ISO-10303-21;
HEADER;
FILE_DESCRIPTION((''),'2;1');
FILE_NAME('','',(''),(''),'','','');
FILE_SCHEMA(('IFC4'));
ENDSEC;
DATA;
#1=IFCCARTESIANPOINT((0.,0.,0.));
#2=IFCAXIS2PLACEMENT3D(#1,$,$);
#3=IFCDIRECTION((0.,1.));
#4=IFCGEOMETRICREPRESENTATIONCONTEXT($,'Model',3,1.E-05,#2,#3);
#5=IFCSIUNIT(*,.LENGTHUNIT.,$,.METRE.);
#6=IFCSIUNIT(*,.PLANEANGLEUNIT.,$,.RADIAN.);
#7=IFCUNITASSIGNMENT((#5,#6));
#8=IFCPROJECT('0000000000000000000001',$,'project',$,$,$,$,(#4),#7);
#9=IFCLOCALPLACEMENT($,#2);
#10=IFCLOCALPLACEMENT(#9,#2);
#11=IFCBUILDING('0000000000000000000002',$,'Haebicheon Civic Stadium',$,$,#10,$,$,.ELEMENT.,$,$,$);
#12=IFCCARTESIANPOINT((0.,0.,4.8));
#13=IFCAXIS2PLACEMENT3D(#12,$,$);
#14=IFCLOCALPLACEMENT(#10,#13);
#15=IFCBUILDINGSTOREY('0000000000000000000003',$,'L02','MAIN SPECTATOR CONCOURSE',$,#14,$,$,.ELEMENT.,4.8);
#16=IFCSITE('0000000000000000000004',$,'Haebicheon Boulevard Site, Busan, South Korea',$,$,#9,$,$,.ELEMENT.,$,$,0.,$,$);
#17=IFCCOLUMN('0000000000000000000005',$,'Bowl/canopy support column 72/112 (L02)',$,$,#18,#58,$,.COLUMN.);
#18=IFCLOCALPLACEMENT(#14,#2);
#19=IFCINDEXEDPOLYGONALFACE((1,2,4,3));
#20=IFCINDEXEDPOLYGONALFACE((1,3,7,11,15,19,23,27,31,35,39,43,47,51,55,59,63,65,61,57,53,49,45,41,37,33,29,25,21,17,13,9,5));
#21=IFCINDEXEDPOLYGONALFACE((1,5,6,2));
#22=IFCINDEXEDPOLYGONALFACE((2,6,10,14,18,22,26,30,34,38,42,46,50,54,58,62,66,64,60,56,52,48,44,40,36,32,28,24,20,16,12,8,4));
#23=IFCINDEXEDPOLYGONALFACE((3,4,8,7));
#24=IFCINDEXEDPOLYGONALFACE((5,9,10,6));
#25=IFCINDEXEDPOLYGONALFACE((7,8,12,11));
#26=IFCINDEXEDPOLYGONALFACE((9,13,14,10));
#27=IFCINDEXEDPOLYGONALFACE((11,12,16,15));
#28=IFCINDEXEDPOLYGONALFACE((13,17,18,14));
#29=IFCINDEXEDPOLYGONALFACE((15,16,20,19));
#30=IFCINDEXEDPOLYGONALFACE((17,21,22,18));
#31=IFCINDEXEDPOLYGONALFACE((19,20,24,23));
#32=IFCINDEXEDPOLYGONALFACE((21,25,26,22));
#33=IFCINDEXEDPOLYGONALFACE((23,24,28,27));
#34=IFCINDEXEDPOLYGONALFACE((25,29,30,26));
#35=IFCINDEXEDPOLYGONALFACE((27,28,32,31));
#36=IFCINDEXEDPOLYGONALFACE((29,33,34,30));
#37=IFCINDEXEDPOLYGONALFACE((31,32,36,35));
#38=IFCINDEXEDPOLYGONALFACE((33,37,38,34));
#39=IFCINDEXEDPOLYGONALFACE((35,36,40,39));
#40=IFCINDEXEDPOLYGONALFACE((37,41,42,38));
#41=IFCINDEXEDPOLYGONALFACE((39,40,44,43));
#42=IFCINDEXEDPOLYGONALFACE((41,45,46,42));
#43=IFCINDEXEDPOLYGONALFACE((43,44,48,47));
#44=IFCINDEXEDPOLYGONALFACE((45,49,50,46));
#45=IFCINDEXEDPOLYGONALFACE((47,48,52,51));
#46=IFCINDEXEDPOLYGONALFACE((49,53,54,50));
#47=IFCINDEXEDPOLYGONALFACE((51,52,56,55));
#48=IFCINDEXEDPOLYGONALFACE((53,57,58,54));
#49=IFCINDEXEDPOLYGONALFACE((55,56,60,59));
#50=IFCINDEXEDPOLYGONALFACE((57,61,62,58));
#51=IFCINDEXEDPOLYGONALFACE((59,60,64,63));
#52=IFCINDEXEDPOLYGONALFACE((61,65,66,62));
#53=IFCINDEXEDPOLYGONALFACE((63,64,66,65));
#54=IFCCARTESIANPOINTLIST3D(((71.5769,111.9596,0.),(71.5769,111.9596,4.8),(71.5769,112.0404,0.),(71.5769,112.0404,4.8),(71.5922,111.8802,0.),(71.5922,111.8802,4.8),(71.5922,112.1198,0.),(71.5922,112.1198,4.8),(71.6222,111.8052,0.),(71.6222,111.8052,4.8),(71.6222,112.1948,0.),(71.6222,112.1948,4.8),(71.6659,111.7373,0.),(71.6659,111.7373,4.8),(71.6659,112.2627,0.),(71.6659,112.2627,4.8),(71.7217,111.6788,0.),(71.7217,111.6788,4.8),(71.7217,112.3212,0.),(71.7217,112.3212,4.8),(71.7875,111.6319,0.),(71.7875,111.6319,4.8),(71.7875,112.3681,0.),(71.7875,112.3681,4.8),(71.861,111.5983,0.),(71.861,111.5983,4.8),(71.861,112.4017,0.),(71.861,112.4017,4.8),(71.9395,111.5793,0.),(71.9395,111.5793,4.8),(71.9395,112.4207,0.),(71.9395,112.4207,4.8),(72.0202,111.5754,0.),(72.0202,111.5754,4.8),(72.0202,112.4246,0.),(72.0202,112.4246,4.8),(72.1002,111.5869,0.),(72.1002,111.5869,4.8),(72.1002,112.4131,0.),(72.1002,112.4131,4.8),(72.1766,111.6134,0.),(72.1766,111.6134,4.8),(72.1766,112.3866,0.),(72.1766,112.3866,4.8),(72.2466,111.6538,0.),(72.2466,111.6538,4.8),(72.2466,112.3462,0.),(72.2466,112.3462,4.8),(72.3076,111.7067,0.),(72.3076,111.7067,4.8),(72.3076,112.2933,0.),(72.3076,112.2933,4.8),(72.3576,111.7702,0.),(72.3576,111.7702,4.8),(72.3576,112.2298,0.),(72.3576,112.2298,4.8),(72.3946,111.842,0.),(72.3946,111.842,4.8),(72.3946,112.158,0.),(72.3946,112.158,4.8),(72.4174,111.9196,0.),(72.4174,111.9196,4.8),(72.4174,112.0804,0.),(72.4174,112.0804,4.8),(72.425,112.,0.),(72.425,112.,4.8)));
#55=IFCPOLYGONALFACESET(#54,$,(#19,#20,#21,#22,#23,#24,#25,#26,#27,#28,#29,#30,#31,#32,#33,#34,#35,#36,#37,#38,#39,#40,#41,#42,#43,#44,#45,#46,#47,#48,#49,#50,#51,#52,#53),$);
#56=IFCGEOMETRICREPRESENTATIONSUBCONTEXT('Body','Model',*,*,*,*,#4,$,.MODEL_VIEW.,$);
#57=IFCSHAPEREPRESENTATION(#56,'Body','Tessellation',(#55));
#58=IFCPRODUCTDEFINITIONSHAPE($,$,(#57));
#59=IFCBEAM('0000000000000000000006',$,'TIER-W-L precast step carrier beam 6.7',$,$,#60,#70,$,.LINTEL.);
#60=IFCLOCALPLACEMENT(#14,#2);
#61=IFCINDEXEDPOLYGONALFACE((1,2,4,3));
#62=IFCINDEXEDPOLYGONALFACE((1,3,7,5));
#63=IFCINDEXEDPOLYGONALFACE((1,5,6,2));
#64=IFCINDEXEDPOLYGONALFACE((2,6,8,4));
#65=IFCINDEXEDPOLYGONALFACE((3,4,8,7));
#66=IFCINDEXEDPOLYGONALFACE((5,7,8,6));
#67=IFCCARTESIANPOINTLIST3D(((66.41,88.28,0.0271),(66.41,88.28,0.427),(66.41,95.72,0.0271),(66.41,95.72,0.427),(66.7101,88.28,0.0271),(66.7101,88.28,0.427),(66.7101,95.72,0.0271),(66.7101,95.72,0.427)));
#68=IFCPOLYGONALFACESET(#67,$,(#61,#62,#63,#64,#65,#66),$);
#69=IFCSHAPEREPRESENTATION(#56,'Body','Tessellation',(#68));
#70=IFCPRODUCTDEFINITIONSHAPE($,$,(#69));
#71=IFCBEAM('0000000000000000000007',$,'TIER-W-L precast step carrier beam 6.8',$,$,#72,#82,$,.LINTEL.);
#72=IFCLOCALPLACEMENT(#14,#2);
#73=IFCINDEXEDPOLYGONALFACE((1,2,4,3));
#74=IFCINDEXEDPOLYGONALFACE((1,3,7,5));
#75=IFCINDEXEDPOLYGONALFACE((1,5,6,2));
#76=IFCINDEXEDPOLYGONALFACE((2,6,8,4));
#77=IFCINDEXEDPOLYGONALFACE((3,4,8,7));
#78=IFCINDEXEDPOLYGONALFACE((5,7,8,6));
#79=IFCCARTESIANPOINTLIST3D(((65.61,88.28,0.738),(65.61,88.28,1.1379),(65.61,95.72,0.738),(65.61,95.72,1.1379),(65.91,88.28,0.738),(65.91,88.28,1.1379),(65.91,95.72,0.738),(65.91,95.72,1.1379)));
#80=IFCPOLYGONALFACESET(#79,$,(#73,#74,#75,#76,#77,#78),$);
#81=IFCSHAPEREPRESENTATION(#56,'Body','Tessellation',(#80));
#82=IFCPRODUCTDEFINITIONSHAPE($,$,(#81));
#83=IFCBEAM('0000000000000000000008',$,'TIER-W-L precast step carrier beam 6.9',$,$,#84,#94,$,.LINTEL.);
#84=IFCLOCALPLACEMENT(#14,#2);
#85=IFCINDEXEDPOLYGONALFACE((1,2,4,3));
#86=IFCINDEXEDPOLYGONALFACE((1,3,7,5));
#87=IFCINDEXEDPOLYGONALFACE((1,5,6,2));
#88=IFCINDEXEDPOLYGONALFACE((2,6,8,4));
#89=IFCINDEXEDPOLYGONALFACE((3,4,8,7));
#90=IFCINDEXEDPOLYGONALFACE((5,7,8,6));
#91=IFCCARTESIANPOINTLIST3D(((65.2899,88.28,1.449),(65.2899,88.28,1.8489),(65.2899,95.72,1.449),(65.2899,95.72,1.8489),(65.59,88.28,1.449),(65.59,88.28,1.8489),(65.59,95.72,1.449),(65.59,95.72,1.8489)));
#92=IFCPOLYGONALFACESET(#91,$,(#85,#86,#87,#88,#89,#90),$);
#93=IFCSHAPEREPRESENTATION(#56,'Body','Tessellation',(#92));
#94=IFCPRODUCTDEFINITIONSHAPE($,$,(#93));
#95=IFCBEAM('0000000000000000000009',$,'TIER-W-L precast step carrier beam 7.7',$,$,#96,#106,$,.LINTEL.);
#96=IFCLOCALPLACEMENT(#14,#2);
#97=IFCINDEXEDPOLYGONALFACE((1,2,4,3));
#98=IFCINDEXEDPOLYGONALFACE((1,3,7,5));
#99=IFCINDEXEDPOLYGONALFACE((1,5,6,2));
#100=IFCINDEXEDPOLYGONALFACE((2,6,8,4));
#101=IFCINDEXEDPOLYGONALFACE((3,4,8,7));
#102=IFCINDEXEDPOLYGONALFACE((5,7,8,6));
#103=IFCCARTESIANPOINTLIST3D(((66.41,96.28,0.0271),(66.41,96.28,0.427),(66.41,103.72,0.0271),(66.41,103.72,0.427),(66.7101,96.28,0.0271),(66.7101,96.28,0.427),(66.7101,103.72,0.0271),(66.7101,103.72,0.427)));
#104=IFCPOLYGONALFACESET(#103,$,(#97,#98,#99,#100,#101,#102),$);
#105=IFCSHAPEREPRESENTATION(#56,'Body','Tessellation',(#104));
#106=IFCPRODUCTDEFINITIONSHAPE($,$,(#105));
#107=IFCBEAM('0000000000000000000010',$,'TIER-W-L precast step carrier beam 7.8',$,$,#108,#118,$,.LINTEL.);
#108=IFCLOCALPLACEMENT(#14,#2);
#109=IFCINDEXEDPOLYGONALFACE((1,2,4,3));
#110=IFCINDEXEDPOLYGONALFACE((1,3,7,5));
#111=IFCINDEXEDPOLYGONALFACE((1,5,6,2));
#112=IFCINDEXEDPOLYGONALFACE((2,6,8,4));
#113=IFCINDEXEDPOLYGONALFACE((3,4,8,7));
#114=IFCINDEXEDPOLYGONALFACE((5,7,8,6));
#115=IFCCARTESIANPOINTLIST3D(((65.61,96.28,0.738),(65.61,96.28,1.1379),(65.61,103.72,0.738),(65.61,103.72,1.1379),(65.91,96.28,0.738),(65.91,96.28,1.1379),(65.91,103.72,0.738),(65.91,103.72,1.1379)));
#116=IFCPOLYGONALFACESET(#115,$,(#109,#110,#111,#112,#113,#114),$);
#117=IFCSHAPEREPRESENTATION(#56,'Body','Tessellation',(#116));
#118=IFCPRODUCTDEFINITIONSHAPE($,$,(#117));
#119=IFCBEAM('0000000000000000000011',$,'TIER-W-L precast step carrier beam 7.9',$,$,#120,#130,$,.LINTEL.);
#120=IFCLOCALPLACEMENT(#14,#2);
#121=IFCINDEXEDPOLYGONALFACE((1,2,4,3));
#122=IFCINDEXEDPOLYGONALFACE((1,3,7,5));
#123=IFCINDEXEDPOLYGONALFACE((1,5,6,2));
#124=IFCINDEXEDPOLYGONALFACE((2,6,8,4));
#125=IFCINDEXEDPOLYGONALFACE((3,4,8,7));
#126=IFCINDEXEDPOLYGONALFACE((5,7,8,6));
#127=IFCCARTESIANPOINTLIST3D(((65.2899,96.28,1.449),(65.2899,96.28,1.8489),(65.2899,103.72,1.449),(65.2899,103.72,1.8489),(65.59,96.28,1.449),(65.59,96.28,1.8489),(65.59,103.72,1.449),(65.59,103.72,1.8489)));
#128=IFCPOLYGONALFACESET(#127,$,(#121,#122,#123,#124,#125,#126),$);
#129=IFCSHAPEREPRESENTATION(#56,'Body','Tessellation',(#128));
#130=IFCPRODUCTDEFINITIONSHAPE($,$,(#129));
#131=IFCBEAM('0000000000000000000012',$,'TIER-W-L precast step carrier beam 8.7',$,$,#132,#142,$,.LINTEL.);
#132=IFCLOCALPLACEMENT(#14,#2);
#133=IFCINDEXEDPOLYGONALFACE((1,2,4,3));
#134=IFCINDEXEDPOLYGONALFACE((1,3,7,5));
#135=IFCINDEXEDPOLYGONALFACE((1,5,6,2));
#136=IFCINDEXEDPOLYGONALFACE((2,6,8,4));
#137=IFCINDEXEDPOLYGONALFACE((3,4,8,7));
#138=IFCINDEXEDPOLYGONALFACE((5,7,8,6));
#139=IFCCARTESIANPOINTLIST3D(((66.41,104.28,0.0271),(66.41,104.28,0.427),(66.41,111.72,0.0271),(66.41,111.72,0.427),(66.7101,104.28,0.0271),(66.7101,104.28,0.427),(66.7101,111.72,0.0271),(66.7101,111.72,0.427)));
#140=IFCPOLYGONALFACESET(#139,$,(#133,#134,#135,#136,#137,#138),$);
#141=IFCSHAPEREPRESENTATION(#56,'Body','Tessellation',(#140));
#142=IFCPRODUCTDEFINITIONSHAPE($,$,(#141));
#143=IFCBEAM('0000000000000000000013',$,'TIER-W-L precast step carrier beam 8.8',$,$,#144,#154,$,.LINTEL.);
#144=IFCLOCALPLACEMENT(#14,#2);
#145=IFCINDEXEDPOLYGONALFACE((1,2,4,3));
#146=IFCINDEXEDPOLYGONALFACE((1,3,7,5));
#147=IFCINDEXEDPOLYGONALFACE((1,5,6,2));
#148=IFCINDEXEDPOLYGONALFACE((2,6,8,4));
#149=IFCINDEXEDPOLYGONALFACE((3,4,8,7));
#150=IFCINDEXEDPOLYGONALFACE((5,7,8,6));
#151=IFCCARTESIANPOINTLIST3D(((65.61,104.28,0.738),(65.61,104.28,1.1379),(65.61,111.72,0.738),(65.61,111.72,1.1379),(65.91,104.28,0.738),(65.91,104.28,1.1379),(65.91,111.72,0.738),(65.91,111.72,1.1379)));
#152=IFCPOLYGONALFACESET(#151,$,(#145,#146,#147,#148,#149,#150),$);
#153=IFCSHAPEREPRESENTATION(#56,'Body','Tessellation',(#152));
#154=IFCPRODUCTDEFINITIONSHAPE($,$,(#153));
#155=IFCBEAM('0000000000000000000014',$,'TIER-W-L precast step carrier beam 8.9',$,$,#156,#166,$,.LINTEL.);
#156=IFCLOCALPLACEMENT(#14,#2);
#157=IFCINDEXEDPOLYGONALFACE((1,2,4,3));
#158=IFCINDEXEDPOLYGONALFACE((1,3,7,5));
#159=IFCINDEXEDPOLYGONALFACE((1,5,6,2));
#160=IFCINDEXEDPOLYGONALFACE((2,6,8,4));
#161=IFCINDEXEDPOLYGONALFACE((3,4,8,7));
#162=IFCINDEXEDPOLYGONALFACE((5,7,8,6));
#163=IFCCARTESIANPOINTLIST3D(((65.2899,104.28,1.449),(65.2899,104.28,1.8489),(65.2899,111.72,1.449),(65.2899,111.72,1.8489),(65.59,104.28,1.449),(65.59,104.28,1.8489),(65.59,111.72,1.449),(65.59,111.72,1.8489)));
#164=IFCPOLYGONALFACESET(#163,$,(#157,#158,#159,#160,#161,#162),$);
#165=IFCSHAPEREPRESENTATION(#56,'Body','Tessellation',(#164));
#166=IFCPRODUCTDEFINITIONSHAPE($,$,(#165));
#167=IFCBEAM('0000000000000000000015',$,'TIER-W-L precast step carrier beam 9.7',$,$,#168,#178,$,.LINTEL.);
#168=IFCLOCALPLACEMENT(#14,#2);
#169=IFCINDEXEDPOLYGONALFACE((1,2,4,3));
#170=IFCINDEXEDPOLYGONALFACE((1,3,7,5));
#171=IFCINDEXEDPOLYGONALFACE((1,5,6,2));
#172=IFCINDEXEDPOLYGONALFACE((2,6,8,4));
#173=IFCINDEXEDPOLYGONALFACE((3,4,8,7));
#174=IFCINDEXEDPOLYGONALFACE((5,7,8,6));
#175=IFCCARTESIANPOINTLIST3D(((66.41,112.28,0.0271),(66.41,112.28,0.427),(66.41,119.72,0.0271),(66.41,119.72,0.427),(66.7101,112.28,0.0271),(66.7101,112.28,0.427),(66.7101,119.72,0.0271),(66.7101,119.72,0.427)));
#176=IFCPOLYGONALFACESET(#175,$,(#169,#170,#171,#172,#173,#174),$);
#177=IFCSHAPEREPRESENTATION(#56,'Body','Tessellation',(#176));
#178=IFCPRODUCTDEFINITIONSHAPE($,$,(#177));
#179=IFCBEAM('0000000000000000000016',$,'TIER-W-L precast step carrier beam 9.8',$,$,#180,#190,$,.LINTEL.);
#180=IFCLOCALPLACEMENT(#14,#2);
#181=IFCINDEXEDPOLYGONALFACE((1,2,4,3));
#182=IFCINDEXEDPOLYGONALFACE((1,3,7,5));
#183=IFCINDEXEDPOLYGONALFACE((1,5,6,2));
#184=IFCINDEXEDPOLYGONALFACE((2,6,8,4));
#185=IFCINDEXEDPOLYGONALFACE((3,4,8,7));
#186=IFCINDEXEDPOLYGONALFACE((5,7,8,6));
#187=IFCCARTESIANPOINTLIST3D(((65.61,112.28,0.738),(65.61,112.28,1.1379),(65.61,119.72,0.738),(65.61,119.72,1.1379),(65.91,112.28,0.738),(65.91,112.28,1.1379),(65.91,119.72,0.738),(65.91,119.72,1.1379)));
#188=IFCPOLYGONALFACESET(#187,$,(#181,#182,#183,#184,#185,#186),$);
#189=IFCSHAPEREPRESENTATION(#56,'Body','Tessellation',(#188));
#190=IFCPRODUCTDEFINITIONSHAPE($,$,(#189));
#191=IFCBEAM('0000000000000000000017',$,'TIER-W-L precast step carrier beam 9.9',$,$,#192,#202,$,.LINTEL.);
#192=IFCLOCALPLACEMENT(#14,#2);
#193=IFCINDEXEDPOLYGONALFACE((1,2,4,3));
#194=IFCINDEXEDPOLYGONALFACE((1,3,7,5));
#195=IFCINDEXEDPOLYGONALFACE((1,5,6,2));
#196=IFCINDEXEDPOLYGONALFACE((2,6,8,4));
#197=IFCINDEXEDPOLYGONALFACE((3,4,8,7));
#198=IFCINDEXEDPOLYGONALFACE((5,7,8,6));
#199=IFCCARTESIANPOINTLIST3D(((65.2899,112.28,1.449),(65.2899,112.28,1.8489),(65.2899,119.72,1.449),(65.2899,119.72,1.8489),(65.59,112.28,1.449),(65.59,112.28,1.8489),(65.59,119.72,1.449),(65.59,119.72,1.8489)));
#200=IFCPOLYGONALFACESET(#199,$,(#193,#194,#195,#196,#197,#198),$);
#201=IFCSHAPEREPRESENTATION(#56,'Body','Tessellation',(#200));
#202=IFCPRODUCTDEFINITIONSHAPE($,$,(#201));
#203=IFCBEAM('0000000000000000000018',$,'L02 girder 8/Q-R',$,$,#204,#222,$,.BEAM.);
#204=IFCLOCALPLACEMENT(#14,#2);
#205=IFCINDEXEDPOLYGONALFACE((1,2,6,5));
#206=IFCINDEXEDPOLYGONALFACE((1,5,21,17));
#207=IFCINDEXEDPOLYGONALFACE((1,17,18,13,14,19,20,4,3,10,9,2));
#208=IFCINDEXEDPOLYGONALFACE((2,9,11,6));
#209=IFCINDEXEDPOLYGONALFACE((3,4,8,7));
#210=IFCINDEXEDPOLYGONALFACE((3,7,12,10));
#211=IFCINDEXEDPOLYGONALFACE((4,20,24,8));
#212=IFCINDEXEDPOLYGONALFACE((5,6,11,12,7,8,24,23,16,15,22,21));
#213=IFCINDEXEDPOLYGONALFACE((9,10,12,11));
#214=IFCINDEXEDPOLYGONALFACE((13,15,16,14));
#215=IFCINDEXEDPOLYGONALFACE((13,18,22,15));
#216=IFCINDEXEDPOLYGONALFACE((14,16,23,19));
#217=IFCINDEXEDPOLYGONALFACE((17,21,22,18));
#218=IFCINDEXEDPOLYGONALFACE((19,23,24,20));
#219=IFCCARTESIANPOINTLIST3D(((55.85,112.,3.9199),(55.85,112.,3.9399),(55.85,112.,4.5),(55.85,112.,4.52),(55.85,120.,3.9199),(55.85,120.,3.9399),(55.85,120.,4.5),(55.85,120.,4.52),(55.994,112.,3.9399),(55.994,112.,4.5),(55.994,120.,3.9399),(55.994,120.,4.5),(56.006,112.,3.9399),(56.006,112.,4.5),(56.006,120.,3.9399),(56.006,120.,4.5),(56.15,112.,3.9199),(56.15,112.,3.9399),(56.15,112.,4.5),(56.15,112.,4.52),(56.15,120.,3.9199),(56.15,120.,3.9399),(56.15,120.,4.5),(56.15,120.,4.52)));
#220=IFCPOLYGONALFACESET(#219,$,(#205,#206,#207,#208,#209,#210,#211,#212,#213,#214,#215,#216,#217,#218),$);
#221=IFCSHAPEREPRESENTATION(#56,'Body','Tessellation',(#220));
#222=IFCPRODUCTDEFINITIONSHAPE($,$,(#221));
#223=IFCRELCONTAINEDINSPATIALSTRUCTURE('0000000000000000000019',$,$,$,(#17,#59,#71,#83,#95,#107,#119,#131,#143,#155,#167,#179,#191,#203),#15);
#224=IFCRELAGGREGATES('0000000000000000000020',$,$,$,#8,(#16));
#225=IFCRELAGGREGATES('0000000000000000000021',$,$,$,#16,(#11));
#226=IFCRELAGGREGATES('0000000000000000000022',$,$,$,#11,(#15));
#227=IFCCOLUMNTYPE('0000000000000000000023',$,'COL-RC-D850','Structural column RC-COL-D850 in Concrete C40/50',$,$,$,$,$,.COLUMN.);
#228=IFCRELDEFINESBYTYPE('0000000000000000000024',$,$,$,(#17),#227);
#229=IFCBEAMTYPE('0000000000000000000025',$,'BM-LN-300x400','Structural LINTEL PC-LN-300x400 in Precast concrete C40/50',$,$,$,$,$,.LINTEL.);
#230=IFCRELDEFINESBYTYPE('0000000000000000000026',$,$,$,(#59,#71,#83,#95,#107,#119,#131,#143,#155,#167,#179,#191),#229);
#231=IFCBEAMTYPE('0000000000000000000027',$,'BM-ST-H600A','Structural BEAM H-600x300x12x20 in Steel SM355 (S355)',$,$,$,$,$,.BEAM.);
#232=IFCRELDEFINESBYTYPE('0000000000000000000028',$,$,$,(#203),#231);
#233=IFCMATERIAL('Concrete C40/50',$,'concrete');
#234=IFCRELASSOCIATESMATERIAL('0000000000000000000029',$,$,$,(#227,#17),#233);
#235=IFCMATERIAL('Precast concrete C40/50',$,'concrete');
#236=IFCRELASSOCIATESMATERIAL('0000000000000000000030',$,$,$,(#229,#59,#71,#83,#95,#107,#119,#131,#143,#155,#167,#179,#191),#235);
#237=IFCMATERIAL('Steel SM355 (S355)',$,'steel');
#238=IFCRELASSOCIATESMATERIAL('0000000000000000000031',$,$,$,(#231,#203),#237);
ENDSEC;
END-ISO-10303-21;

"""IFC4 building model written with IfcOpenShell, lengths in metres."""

from ifc_helpers import new_model, si_unit, direction, frame, origin, origin_2d, place, context, subcontext, project, spatial, rectangle, circle, i_section, extrude, material, material_profile, profile_set, type_object, element, save


model = new_model("IFC4")

# Units and contexts
model_context = context("Model", 3, precision=1e-05, world=origin(), true_north=direction((0.0, 1.0)))
body_context = subcontext(model_context, "Body", "Model", "MODEL_VIEW")
ifc_project = project(units=[si_unit("LENGTHUNIT", "METRE"), si_unit("PLANEANGLEUNIT", "RADIAN")], contexts=[model_context])

# Site, building, storey
site_placement = place(None, origin())
site = spatial("IfcSite", under=ifc_project, at=site_placement, Name="Haebicheon Boulevard Site, Busan, South Korea", CompositionType="ELEMENT", RefElevation=0.0)
building_placement = place(site_placement, origin())
building = spatial("IfcBuilding", under=site, at=building_placement, Name="Haebicheon Civic Stadium", CompositionType="ELEMENT")
storey_placement = place(building_placement, frame((0.0, 0.0, 4.8)))
storey = spatial("IfcBuildingStorey", under=building, at=storey_placement, Name="L02", Description="MAIN SPECTATOR CONCOURSE", CompositionType="ELEMENT", Elevation=4.8)

# Column
ifc_material_1 = material(Name="Concrete C40/50", Category="concrete")
ifc_material_profile_1 = material_profile(ifc_material_1, circle(Radius=0.425, at=origin_2d()), Name="RC-COL-D850")
ifc_profile_set_1 = profile_set([ifc_material_profile_1], Name="Concrete C40/50")
column_type_1 = type_object("IfcColumnType", Name="COL-RC-D850", Description="Structural column RC-COL-D850 in Concrete C40/50", PredefinedType="COLUMN", material=ifc_profile_set_1)
for number, where, z_axis, x_axis, name in (
    (1, (72.0, 112.0, 0.0), (0.0, 0.0, 1.0), (1.0, 0.0, 0.0), "Bowl/canopy support column 72/112 (L02)"),
):
    element("IfcColumn", number, at=place(storey_placement, frame(where, z_axis=z_axis, x_axis=x_axis)), inside=storey, type_object=column_type_1, material=ifc_profile_set_1, Name=name, PredefinedType="COLUMN", context=body_context, shape_type="SweptSolid", body=[
        extrude(circle(Radius=0.425, at=origin_2d()), origin(), (0.0, 0.0, 1.0), 4.8),
    ])

# Beams
ifc_material_2 = material(Name="Precast concrete C40/50", Category="concrete")
ifc_material_profile_2 = material_profile(ifc_material_2, rectangle(XDim=0.3, YDim=0.3999, at=origin_2d()), Name="PC-LN-300x400")
ifc_profile_set_2 = profile_set([ifc_material_profile_2], Name="Precast concrete C40/50")
beam_type_1 = type_object("IfcBeamType", Name="BM-LN-300x400", Description="Structural LINTEL PC-LN-300x400 in Precast concrete C40/50", PredefinedType="LINTEL", material=ifc_profile_set_2)
for number, where, z_axis, x_axis, name in (
    (2, (66.5601, 88.28, 0.2271), (0.0, 1.0, 0.0), (-1.0, 0.0, 0.0), "TIER-W-L precast step carrier beam 6.7"),
    (3, (65.76, 88.28, 0.938), (0.0, 1.0, 0.0), (-1.0, 0.0, 0.0), "TIER-W-L precast step carrier beam 6.8"),
    (4, (65.4399, 88.28, 1.6489), (0.0, 1.0, 0.0), (-1.0, 0.0, 0.0), "TIER-W-L precast step carrier beam 6.9"),
    (5, (66.5601, 96.28, 0.2271), (0.0, 1.0, 0.0), (-1.0, 0.0, 0.0), "TIER-W-L precast step carrier beam 7.7"),
    (6, (65.76, 96.28, 0.938), (0.0, 1.0, 0.0), (-1.0, 0.0, 0.0), "TIER-W-L precast step carrier beam 7.8"),
    (7, (65.4399, 96.28, 1.6489), (0.0, 1.0, 0.0), (-1.0, 0.0, 0.0), "TIER-W-L precast step carrier beam 7.9"),
    (8, (66.5601, 104.28, 0.2271), (0.0, 1.0, 0.0), (-1.0, 0.0, 0.0), "TIER-W-L precast step carrier beam 8.7"),
    (9, (65.76, 104.28, 0.938), (0.0, 1.0, 0.0), (-1.0, 0.0, 0.0), "TIER-W-L precast step carrier beam 8.8"),
    (10, (65.4399, 104.28, 1.6489), (0.0, 1.0, 0.0), (-1.0, 0.0, 0.0), "TIER-W-L precast step carrier beam 8.9"),
    (11, (66.5601, 112.28, 0.2271), (0.0, 1.0, 0.0), (-1.0, 0.0, 0.0), "TIER-W-L precast step carrier beam 9.7"),
    (12, (65.76, 112.28, 0.938), (0.0, 1.0, 0.0), (-1.0, 0.0, 0.0), "TIER-W-L precast step carrier beam 9.8"),
    (13, (65.4399, 112.28, 1.6489), (0.0, 1.0, 0.0), (-1.0, 0.0, 0.0), "TIER-W-L precast step carrier beam 9.9"),
):
    element("IfcBeam", number, at=place(storey_placement, frame(where, z_axis=z_axis, x_axis=x_axis)), inside=storey, type_object=beam_type_1, material=ifc_profile_set_2, Name=name, PredefinedType="LINTEL", context=body_context, shape_type="SweptSolid", body=[
        extrude(rectangle(XDim=0.3, YDim=0.3999, at=origin_2d()), origin(), (0.0, 0.0, 1.0), 7.4399),
    ])
ifc_material_3 = material(Name="Steel SM355 (S355)", Category="steel")
ifc_material_profile_3 = material_profile(ifc_material_3, i_section(OverallWidth=0.3, OverallDepth=0.6001, WebThickness=0.012, FlangeThickness=0.02, at=origin_2d()), Name="H-600x300x12x20")
ifc_profile_set_3 = profile_set([ifc_material_profile_3], Name="Steel SM355 (S355)")
beam_type_2 = type_object("IfcBeamType", Name="BM-ST-H600A", Description="Structural BEAM H-600x300x12x20 in Steel SM355 (S355)", PredefinedType="BEAM", material=ifc_profile_set_3)
for number, where, z_axis, x_axis, name in (
    (14, (56.0, 112.0, 4.22), (0.0, 1.0, 0.0), (-1.0, 0.0, 0.0), "L02 girder 8/Q-R"),
):
    element("IfcBeam", number, at=place(storey_placement, frame(where, z_axis=z_axis, x_axis=x_axis)), inside=storey, type_object=beam_type_2, material=ifc_profile_set_3, Name=name, PredefinedType="BEAM", context=body_context, shape_type="SweptSolid", body=[
        extrude(i_section(OverallWidth=0.3, OverallDepth=0.6001, WebThickness=0.012, FlangeThickness=0.02, at=origin_2d()), origin(), (0.0, 0.0, 1.0), 8.0),
    ])

save(model, "model.ifc")
